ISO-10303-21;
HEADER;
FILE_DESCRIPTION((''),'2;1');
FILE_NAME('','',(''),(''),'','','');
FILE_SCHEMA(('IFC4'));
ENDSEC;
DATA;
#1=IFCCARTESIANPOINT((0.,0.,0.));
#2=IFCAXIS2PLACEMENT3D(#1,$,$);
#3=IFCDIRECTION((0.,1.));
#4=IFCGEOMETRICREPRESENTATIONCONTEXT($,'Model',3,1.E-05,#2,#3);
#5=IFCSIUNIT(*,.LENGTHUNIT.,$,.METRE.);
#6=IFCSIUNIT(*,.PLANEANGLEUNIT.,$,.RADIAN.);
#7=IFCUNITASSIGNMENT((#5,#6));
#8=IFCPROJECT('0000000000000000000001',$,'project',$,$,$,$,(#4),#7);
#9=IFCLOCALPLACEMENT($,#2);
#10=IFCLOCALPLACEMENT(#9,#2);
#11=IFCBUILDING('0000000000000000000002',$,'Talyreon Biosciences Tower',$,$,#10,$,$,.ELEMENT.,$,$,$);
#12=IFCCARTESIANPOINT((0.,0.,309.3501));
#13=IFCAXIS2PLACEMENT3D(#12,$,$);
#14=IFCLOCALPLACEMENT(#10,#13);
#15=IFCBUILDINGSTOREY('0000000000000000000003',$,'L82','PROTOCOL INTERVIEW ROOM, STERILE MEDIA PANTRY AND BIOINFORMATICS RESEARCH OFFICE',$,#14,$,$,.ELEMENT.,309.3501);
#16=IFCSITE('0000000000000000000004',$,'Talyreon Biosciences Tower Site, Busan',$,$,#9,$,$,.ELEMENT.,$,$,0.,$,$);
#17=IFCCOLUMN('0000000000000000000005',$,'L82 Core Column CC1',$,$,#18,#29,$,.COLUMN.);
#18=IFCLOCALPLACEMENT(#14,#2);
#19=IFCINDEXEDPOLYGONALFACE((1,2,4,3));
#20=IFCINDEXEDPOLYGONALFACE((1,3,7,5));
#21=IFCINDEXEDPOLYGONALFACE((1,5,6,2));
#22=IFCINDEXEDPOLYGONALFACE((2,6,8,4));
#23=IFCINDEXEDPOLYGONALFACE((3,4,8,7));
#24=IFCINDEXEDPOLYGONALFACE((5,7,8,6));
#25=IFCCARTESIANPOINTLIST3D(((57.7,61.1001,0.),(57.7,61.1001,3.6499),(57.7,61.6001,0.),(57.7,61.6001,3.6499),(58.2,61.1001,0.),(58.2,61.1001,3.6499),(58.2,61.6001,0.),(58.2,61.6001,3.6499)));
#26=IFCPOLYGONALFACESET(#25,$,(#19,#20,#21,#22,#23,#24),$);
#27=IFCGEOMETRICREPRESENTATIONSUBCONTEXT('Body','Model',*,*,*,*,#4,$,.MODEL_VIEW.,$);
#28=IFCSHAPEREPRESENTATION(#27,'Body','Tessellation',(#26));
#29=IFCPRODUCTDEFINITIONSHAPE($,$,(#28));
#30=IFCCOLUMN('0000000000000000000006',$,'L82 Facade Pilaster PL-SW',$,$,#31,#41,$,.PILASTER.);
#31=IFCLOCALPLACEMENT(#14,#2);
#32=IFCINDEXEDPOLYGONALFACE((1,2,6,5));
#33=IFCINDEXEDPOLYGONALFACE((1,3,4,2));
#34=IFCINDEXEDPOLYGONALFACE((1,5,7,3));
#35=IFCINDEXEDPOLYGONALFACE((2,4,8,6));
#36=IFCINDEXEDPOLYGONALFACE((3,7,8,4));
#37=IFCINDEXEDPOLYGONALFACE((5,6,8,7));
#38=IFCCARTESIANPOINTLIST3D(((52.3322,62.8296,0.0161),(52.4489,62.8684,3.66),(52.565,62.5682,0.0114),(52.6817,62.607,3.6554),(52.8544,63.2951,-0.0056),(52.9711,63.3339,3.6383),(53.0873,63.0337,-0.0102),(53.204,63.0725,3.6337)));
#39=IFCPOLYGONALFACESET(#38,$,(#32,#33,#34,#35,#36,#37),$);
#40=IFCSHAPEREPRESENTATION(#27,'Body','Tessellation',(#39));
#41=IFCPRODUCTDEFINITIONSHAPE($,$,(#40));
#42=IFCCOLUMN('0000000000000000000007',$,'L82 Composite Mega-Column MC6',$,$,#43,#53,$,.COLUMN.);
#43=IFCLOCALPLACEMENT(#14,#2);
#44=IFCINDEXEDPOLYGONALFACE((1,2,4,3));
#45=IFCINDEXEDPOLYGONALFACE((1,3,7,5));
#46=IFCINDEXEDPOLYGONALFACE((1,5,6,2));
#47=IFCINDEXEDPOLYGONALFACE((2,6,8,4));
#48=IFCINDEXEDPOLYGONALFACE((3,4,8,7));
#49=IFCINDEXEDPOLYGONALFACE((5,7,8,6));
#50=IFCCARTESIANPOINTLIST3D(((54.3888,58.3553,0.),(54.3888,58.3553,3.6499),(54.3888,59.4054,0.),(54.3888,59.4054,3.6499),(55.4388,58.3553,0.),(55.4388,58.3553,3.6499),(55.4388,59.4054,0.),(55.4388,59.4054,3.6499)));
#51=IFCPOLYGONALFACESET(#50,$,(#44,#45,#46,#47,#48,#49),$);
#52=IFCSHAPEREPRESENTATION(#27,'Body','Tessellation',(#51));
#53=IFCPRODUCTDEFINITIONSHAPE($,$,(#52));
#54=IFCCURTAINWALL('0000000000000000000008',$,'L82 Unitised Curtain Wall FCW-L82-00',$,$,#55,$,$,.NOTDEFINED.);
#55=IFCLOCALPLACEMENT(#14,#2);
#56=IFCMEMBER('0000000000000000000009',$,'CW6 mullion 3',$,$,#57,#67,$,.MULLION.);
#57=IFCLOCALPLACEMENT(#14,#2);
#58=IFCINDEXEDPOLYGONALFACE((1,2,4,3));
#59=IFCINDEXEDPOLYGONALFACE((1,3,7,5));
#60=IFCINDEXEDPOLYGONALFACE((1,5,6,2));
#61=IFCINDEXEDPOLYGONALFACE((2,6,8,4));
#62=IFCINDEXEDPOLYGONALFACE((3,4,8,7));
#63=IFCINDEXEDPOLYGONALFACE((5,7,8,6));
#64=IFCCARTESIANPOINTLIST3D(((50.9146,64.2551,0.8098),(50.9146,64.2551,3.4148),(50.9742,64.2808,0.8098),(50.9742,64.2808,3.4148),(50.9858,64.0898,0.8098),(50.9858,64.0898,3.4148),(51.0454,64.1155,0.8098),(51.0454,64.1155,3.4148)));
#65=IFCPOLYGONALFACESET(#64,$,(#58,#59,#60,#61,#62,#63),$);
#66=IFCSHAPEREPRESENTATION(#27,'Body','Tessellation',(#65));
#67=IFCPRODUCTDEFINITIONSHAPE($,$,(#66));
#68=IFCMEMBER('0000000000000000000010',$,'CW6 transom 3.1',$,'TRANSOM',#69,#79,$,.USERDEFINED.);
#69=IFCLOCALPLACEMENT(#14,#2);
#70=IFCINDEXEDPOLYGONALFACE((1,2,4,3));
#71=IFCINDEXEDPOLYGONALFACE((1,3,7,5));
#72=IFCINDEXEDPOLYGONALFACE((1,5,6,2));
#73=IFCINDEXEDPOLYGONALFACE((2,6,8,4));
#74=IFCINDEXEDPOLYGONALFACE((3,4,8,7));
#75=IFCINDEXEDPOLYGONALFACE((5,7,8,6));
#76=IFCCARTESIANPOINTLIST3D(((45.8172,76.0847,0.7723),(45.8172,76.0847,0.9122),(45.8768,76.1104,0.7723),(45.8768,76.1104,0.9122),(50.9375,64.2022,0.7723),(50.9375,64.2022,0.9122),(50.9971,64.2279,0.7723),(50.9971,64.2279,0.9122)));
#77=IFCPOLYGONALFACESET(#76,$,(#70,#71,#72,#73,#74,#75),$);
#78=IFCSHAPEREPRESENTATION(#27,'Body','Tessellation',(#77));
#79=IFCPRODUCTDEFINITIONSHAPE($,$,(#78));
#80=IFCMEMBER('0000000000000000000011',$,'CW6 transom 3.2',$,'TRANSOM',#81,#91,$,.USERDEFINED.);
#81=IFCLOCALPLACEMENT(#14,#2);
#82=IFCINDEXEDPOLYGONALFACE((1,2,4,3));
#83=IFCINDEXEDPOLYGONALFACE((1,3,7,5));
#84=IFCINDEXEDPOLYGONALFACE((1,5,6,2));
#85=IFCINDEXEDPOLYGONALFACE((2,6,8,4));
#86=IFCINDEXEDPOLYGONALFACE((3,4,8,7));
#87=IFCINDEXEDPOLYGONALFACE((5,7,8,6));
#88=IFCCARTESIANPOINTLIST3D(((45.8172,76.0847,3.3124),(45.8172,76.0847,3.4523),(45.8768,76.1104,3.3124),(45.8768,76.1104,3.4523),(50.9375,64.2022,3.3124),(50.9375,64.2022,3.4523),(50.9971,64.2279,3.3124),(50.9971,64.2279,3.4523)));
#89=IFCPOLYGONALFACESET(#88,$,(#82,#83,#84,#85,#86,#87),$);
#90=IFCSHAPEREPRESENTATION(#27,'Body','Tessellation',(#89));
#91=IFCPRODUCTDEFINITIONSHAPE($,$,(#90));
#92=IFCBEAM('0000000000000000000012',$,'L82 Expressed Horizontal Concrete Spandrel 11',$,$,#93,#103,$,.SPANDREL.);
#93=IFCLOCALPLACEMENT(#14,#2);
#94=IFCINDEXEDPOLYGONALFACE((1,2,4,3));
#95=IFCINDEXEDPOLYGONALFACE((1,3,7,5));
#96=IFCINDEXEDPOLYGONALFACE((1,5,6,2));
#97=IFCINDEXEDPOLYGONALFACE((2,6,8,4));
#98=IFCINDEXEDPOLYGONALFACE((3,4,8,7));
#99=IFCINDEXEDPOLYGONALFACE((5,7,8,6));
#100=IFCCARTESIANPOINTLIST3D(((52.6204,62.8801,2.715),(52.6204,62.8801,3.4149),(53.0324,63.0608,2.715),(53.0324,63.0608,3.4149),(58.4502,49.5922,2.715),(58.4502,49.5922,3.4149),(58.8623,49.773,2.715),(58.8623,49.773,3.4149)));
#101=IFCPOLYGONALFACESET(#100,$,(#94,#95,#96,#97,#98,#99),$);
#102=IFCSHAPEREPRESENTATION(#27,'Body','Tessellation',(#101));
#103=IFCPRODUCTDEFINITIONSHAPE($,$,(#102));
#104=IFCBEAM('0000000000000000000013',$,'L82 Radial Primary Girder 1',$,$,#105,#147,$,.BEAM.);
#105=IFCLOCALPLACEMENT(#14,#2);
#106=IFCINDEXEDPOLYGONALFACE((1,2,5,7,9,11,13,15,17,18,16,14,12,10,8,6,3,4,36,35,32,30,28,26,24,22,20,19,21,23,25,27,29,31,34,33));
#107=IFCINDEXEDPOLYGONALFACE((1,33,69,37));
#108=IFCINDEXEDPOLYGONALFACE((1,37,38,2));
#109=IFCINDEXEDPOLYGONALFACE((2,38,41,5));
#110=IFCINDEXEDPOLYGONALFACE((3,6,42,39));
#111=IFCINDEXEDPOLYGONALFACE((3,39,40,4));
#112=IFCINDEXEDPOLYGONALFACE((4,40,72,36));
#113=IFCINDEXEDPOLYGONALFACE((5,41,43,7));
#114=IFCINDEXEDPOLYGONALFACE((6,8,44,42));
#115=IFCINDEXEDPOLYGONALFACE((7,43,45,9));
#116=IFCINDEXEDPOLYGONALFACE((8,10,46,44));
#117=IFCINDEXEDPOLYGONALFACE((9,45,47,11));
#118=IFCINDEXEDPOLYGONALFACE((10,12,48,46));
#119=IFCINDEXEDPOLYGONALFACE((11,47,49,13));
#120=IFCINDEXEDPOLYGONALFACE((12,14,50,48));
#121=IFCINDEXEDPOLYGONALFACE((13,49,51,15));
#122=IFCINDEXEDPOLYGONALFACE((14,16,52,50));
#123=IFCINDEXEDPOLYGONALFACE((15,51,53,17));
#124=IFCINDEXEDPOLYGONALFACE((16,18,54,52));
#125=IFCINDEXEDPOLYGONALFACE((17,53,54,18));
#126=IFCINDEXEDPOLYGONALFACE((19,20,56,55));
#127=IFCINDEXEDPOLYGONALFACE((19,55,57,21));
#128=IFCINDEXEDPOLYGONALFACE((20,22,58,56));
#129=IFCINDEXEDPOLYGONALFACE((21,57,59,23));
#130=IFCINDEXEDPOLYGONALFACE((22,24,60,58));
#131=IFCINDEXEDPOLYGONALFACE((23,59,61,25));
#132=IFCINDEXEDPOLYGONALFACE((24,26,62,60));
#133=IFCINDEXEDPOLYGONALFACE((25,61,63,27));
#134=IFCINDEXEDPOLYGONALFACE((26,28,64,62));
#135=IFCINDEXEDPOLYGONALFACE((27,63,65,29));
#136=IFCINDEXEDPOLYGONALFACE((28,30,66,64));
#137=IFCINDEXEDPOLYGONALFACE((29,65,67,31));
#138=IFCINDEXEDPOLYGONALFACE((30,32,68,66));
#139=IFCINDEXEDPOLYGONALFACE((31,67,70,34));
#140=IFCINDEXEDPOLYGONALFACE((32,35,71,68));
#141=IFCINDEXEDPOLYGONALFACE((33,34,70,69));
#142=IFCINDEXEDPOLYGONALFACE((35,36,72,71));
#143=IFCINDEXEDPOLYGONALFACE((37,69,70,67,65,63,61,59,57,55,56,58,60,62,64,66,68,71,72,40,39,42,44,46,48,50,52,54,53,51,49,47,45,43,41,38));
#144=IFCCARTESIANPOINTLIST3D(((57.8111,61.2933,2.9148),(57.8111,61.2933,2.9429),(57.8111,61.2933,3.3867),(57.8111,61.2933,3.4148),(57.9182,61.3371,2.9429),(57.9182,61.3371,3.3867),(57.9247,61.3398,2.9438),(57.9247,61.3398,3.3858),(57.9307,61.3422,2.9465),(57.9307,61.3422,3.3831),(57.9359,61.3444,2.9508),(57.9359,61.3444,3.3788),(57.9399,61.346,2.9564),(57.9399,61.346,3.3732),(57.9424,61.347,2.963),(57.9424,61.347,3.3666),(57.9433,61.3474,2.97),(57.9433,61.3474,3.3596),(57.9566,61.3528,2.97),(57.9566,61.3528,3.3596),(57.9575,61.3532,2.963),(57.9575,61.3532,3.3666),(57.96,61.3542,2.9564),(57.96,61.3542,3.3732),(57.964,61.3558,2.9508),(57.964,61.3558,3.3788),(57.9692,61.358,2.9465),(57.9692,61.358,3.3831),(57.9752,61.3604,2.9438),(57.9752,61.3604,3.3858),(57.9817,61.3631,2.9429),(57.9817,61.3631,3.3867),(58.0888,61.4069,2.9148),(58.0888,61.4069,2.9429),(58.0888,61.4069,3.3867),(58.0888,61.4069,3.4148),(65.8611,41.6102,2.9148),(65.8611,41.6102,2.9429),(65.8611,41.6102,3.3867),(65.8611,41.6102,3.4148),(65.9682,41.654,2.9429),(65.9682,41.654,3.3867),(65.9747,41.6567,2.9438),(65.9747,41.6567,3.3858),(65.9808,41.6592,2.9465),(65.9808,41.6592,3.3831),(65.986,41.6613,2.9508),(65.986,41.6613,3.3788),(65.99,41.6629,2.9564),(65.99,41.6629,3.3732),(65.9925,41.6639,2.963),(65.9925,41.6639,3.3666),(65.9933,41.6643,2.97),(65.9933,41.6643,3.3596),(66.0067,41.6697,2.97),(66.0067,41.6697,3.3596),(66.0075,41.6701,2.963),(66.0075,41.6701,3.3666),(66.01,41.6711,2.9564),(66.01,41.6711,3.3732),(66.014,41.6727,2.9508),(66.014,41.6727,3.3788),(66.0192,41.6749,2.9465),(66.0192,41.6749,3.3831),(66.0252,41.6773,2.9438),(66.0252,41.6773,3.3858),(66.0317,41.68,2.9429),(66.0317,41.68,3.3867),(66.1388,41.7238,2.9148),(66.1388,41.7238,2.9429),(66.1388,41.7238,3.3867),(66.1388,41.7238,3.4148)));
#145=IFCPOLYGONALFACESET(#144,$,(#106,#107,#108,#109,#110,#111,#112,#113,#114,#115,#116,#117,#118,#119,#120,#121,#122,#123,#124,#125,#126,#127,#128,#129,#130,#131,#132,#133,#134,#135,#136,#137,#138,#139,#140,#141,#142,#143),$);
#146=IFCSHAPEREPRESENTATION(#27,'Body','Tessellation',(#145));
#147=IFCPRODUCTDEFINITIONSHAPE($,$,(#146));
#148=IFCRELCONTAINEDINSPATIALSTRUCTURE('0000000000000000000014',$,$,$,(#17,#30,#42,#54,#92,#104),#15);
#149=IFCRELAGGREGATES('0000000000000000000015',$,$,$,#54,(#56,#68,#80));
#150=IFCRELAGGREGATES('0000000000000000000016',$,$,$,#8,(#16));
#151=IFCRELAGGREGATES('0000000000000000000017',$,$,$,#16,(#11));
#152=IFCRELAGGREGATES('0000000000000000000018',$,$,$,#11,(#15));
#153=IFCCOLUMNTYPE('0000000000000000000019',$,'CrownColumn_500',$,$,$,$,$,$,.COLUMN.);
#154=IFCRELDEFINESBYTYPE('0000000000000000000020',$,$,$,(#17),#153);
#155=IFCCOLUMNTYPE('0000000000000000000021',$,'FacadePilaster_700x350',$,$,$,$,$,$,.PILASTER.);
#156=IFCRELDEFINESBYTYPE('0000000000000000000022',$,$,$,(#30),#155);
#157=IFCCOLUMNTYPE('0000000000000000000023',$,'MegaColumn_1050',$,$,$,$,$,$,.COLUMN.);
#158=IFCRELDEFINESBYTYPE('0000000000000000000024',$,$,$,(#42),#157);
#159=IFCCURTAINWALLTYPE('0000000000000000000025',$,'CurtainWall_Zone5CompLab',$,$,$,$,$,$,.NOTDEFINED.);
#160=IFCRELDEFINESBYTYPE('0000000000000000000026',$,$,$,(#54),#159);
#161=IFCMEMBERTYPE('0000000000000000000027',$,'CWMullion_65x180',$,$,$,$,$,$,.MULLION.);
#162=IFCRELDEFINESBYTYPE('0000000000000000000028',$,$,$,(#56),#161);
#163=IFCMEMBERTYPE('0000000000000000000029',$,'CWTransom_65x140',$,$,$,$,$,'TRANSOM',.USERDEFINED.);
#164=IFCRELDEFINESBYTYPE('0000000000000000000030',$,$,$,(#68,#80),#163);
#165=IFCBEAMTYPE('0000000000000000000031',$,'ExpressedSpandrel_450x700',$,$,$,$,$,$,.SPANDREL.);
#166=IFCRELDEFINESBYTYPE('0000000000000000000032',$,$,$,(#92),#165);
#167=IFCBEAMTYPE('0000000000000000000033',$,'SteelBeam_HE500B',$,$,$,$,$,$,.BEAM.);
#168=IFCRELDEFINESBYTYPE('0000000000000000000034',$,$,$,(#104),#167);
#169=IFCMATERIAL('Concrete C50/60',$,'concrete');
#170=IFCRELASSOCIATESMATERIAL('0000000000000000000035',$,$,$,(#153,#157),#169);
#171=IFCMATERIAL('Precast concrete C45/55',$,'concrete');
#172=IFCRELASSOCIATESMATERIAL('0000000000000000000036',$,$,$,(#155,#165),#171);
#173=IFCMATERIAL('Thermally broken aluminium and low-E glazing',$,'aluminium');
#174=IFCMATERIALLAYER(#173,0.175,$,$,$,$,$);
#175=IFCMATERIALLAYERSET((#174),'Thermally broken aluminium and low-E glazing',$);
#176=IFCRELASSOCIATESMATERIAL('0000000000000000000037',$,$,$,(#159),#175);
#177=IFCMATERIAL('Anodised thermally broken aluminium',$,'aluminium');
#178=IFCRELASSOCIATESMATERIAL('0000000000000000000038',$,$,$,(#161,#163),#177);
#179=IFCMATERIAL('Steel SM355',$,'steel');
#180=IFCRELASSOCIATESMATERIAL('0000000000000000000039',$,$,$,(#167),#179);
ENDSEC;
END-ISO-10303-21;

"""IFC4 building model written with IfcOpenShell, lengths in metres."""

from ifc_helpers import new_model, si_unit, direction, frame, origin, origin_2d, place, context, subcontext, project, spatial, rectangle, i_section, extrude, material, layer, layer_set, material_profile, profile_set, type_object, element, aggregate, save


model = new_model("IFC4")

# Units and contexts
model_context = context("Model", 3, precision=1e-05, world=origin(), true_north=direction((0.0, 1.0)))
body_context = subcontext(model_context, "Body", "Model", "MODEL_VIEW")
ifc_project = project(units=[si_unit("LENGTHUNIT", "METRE"), si_unit("PLANEANGLEUNIT", "RADIAN")], contexts=[model_context])

# Site, building, storey
site_placement = place(None, origin())
site = spatial("IfcSite", under=ifc_project, at=site_placement, Name="Talyreon Biosciences Tower Site, Busan", CompositionType="ELEMENT", RefElevation=0.0)
building_placement = place(site_placement, origin())
building = spatial("IfcBuilding", under=site, at=building_placement, Name="Talyreon Biosciences Tower", CompositionType="ELEMENT")
storey_placement = place(building_placement, frame((0.0, 0.0, 309.3501)))
storey = spatial("IfcBuildingStorey", under=building, at=storey_placement, Name="L82", Description="PROTOCOL INTERVIEW ROOM, STERILE MEDIA PANTRY AND BIOINFORMATICS RESEARCH OFFICE", CompositionType="ELEMENT", Elevation=309.3501)

# Columns
ifc_material_1 = material(Name="Concrete C50/60", Category="concrete")
ifc_material_profile_1 = material_profile(ifc_material_1, rectangle(XDim=0.5, YDim=0.5, at=origin_2d()), Name="RC 500x500")
ifc_profile_set_1 = profile_set([ifc_material_profile_1], Name="Concrete C50/60")
column_type_1 = type_object("IfcColumnType", Name="CrownColumn_500", PredefinedType="COLUMN", material=ifc_profile_set_1)
column_1_placement = place(storey_placement, frame((57.95, 61.3501, 0.0), z_axis=(0.0, 0.0, 1.0), x_axis=(1.0, 0.0, 0.0)))
element("IfcColumn", 1, at=column_1_placement, inside=storey, type_object=column_type_1, Name="L82 Core Column CC1", PredefinedType="COLUMN", context=body_context, shape_type="SweptSolid", body=[
    extrude(rectangle(XDim=0.5, YDim=0.5, at=origin_2d()), origin(), (0.0, 0.0, 1.0), 3.6499),
])
ifc_material_2 = material(Name="Precast concrete C45/55", Category="concrete")
ifc_material_profile_2 = material_profile(ifc_material_2, rectangle(XDim=0.7, YDim=0.3501, at=origin_2d()), Name="RC 700x350")
ifc_profile_set_2 = profile_set([ifc_material_profile_2], Name="Precast concrete C45/55")
column_type_2 = type_object("IfcColumnType", Name="FacadePilaster_700x350", PredefinedType="PILASTER", material=ifc_profile_set_2)
column_2_placement = place(storey_placement, frame((52.7097, 62.9316, 0.0029), z_axis=(0.032006, 0.010646, 0.999431), x_axis=(0.746119, 0.665091, -0.030979)))
element("IfcColumn", 2, at=column_2_placement, inside=storey, type_object=column_type_2, Name="L82 Facade Pilaster PL-SW", PredefinedType="PILASTER", context=body_context, shape_type="SweptSolid", body=[
    extrude(rectangle(XDim=0.7, YDim=0.3501, at=origin_2d()), origin(), (0.0, 0.0, 1.0), 3.646),
])
ifc_material_profile_3 = material_profile(ifc_material_1, rectangle(XDim=1.05, YDim=1.05, at=origin_2d()), Name="RC 1050x1050")
ifc_profile_set_3 = profile_set([ifc_material_profile_3], Name="Concrete C50/60")
column_type_3 = type_object("IfcColumnType", Name="MegaColumn_1050", PredefinedType="COLUMN", material=ifc_profile_set_3)
column_3_placement = place(storey_placement, frame((54.9138, 58.8804, 0.0), z_axis=(0.0, 0.0, 1.0), x_axis=(1.0, 0.0, 0.0)))
element("IfcColumn", 3, at=column_3_placement, inside=storey, type_object=column_type_3, Name="L82 Composite Mega-Column MC6", PredefinedType="COLUMN", context=body_context, shape_type="SweptSolid", body=[
    extrude(rectangle(XDim=1.05, YDim=1.05, at=origin_2d()), origin(), (0.0, 0.0, 1.0), 3.6499),
])

# Curtain wall, members
ifc_material_3 = material(Name="Thermally broken aluminium and low-E glazing", Category="aluminium")
ifc_layer_1 = layer(ifc_material_3, 0.175)
ifc_layer_set_1 = layer_set([ifc_layer_1], Name="Thermally broken aluminium and low-E glazing")
curtain_wall_type = type_object("IfcCurtainWallType", Name="CurtainWall_Zone5CompLab", PredefinedType="NOTDEFINED", material=ifc_layer_set_1)
curtain_wall_placement = place(storey_placement, origin())
curtain_wall = element("IfcCurtainWall", 4, at=curtain_wall_placement, inside=storey, type_object=curtain_wall_type, Name="L82 Unitised Curtain Wall FCW-L82-00", PredefinedType="NOTDEFINED")
ifc_material_4 = material(Name="Anodised thermally broken aluminium", Category="aluminium")
ifc_material_profile_4 = material_profile(ifc_material_4, rectangle(XDim=0.0649, YDim=0.1799, at=origin_2d()), Name="ALUM MULLION 65x180")
ifc_profile_set_4 = profile_set([ifc_material_profile_4], Name="Anodised thermally broken aluminium")
member_type_1 = type_object("IfcMemberType", Name="CWMullion_65x180", PredefinedType="MULLION", material=ifc_profile_set_4)
member_1_placement = place(storey_placement, frame((50.98, 64.1853, 0.8098), z_axis=(0.0, 0.0, 1.0), x_axis=(-0.918363, -0.395738, 0.0)))
member_1 = element("IfcMember", 5, at=member_1_placement, type_object=member_type_1, Name="CW6 mullion 3", PredefinedType="MULLION", context=body_context, shape_type="SweptSolid", body=[
    extrude(rectangle(XDim=0.0649, YDim=0.1799, at=origin_2d()), origin(), (0.0, 0.0, 1.0), 2.605),
])
ifc_material_profile_5 = material_profile(ifc_material_4, rectangle(XDim=0.0649, YDim=0.1399, at=origin_2d()), Name="ALUM TRANSOM 65x140")
ifc_profile_set_5 = profile_set([ifc_material_profile_5], Name="Anodised thermally broken aluminium")
member_type_2 = type_object("IfcMemberType", Name="CWTransom_65x140", ElementType="TRANSOM", PredefinedType="USERDEFINED", material=ifc_profile_set_5)
member_2_placement = place(storey_placement, frame((50.9673, 64.2151, 0.8423), z_axis=(-0.395736, 0.918364, 0.0), x_axis=(-0.918364, -0.395736, 0.0)))
member_2 = element("IfcMember", 6, at=member_2_placement, type_object=member_type_2, Name="CW6 transom 3.1", ObjectType="TRANSOM", PredefinedType="USERDEFINED", context=body_context, shape_type="SweptSolid", body=[
    extrude(rectangle(XDim=0.0649, YDim=0.1399, at=origin_2d()), origin(), (0.0, 0.0, 1.0), 12.9387),
])
member_3_placement = place(storey_placement, frame((50.9673, 64.2151, 3.3823), z_axis=(-0.395736, 0.918364, 0.0), x_axis=(-0.918364, -0.395736, 0.0)))
member_3 = element("IfcMember", 7, at=member_3_placement, type_object=member_type_2, Name="CW6 transom 3.2", ObjectType="TRANSOM", PredefinedType="USERDEFINED", context=body_context, shape_type="SweptSolid", body=[
    extrude(rectangle(XDim=0.0649, YDim=0.1399, at=origin_2d()), origin(), (0.0, 0.0, 1.0), 12.9387),
])
aggregate(curtain_wall, [member_1, member_2, member_3])

# Beams
ifc_material_profile_6 = material_profile(ifc_material_2, rectangle(XDim=0.45, YDim=0.7, at=origin_2d()), Name="RCB 450x700")
ifc_profile_set_6 = profile_set([ifc_material_profile_6], Name="Precast concrete C45/55")
beam_type_1 = type_object("IfcBeamType", Name="ExpressedSpandrel_450x700", PredefinedType="SPANDREL", material=ifc_profile_set_6)
beam_1_placement = place(storey_placement, frame((52.8264, 62.9705, 3.0649), z_axis=(0.401767, -0.915742, 0.0), x_axis=(0.915742, 0.401767, 0.0)))
element("IfcBeam", 8, at=beam_1_placement, inside=storey, type_object=beam_type_1, Name="L82 Expressed Horizontal Concrete Spandrel 11", PredefinedType="SPANDREL", context=body_context, shape_type="SweptSolid", body=[
    extrude(rectangle(XDim=0.45, YDim=0.7, at=origin_2d()), origin(), (0.0, 0.0, 1.0), 14.5105),
])
ifc_material_5 = material(Name="Steel SM355", Category="steel")
ifc_material_profile_7 = material_profile(ifc_material_5, i_section(OverallWidth=0.3, OverallDepth=0.5, WebThickness=0.0144, FlangeThickness=0.0281, FilletRadius=0.0271, at=origin_2d()), Name="HE500B")
ifc_profile_set_7 = profile_set([ifc_material_profile_7], Name="Steel SM355")
beam_type_2 = type_object("IfcBeamType", Name="SteelBeam_HE500B", PredefinedType="BEAM", material=ifc_profile_set_7)
beam_2_placement = place(storey_placement, frame((57.95, 61.3501, 3.1648), z_axis=(0.378547, -0.925582, 0.0), x_axis=(0.925582, 0.378547, 0.0)))
element("IfcBeam", 9, at=beam_2_placement, inside=storey, type_object=beam_type_2, Name="L82 Radial Primary Girder 1", PredefinedType="BEAM", context=body_context, shape_type="SweptSolid", body=[
    extrude(i_section(OverallWidth=0.3, OverallDepth=0.5, WebThickness=0.0144, FlangeThickness=0.0281, FilletRadius=0.0271, at=origin_2d()), origin(), (0.0, 0.0, 1.0), 21.2656),
])

save(model, "model.ifc")
